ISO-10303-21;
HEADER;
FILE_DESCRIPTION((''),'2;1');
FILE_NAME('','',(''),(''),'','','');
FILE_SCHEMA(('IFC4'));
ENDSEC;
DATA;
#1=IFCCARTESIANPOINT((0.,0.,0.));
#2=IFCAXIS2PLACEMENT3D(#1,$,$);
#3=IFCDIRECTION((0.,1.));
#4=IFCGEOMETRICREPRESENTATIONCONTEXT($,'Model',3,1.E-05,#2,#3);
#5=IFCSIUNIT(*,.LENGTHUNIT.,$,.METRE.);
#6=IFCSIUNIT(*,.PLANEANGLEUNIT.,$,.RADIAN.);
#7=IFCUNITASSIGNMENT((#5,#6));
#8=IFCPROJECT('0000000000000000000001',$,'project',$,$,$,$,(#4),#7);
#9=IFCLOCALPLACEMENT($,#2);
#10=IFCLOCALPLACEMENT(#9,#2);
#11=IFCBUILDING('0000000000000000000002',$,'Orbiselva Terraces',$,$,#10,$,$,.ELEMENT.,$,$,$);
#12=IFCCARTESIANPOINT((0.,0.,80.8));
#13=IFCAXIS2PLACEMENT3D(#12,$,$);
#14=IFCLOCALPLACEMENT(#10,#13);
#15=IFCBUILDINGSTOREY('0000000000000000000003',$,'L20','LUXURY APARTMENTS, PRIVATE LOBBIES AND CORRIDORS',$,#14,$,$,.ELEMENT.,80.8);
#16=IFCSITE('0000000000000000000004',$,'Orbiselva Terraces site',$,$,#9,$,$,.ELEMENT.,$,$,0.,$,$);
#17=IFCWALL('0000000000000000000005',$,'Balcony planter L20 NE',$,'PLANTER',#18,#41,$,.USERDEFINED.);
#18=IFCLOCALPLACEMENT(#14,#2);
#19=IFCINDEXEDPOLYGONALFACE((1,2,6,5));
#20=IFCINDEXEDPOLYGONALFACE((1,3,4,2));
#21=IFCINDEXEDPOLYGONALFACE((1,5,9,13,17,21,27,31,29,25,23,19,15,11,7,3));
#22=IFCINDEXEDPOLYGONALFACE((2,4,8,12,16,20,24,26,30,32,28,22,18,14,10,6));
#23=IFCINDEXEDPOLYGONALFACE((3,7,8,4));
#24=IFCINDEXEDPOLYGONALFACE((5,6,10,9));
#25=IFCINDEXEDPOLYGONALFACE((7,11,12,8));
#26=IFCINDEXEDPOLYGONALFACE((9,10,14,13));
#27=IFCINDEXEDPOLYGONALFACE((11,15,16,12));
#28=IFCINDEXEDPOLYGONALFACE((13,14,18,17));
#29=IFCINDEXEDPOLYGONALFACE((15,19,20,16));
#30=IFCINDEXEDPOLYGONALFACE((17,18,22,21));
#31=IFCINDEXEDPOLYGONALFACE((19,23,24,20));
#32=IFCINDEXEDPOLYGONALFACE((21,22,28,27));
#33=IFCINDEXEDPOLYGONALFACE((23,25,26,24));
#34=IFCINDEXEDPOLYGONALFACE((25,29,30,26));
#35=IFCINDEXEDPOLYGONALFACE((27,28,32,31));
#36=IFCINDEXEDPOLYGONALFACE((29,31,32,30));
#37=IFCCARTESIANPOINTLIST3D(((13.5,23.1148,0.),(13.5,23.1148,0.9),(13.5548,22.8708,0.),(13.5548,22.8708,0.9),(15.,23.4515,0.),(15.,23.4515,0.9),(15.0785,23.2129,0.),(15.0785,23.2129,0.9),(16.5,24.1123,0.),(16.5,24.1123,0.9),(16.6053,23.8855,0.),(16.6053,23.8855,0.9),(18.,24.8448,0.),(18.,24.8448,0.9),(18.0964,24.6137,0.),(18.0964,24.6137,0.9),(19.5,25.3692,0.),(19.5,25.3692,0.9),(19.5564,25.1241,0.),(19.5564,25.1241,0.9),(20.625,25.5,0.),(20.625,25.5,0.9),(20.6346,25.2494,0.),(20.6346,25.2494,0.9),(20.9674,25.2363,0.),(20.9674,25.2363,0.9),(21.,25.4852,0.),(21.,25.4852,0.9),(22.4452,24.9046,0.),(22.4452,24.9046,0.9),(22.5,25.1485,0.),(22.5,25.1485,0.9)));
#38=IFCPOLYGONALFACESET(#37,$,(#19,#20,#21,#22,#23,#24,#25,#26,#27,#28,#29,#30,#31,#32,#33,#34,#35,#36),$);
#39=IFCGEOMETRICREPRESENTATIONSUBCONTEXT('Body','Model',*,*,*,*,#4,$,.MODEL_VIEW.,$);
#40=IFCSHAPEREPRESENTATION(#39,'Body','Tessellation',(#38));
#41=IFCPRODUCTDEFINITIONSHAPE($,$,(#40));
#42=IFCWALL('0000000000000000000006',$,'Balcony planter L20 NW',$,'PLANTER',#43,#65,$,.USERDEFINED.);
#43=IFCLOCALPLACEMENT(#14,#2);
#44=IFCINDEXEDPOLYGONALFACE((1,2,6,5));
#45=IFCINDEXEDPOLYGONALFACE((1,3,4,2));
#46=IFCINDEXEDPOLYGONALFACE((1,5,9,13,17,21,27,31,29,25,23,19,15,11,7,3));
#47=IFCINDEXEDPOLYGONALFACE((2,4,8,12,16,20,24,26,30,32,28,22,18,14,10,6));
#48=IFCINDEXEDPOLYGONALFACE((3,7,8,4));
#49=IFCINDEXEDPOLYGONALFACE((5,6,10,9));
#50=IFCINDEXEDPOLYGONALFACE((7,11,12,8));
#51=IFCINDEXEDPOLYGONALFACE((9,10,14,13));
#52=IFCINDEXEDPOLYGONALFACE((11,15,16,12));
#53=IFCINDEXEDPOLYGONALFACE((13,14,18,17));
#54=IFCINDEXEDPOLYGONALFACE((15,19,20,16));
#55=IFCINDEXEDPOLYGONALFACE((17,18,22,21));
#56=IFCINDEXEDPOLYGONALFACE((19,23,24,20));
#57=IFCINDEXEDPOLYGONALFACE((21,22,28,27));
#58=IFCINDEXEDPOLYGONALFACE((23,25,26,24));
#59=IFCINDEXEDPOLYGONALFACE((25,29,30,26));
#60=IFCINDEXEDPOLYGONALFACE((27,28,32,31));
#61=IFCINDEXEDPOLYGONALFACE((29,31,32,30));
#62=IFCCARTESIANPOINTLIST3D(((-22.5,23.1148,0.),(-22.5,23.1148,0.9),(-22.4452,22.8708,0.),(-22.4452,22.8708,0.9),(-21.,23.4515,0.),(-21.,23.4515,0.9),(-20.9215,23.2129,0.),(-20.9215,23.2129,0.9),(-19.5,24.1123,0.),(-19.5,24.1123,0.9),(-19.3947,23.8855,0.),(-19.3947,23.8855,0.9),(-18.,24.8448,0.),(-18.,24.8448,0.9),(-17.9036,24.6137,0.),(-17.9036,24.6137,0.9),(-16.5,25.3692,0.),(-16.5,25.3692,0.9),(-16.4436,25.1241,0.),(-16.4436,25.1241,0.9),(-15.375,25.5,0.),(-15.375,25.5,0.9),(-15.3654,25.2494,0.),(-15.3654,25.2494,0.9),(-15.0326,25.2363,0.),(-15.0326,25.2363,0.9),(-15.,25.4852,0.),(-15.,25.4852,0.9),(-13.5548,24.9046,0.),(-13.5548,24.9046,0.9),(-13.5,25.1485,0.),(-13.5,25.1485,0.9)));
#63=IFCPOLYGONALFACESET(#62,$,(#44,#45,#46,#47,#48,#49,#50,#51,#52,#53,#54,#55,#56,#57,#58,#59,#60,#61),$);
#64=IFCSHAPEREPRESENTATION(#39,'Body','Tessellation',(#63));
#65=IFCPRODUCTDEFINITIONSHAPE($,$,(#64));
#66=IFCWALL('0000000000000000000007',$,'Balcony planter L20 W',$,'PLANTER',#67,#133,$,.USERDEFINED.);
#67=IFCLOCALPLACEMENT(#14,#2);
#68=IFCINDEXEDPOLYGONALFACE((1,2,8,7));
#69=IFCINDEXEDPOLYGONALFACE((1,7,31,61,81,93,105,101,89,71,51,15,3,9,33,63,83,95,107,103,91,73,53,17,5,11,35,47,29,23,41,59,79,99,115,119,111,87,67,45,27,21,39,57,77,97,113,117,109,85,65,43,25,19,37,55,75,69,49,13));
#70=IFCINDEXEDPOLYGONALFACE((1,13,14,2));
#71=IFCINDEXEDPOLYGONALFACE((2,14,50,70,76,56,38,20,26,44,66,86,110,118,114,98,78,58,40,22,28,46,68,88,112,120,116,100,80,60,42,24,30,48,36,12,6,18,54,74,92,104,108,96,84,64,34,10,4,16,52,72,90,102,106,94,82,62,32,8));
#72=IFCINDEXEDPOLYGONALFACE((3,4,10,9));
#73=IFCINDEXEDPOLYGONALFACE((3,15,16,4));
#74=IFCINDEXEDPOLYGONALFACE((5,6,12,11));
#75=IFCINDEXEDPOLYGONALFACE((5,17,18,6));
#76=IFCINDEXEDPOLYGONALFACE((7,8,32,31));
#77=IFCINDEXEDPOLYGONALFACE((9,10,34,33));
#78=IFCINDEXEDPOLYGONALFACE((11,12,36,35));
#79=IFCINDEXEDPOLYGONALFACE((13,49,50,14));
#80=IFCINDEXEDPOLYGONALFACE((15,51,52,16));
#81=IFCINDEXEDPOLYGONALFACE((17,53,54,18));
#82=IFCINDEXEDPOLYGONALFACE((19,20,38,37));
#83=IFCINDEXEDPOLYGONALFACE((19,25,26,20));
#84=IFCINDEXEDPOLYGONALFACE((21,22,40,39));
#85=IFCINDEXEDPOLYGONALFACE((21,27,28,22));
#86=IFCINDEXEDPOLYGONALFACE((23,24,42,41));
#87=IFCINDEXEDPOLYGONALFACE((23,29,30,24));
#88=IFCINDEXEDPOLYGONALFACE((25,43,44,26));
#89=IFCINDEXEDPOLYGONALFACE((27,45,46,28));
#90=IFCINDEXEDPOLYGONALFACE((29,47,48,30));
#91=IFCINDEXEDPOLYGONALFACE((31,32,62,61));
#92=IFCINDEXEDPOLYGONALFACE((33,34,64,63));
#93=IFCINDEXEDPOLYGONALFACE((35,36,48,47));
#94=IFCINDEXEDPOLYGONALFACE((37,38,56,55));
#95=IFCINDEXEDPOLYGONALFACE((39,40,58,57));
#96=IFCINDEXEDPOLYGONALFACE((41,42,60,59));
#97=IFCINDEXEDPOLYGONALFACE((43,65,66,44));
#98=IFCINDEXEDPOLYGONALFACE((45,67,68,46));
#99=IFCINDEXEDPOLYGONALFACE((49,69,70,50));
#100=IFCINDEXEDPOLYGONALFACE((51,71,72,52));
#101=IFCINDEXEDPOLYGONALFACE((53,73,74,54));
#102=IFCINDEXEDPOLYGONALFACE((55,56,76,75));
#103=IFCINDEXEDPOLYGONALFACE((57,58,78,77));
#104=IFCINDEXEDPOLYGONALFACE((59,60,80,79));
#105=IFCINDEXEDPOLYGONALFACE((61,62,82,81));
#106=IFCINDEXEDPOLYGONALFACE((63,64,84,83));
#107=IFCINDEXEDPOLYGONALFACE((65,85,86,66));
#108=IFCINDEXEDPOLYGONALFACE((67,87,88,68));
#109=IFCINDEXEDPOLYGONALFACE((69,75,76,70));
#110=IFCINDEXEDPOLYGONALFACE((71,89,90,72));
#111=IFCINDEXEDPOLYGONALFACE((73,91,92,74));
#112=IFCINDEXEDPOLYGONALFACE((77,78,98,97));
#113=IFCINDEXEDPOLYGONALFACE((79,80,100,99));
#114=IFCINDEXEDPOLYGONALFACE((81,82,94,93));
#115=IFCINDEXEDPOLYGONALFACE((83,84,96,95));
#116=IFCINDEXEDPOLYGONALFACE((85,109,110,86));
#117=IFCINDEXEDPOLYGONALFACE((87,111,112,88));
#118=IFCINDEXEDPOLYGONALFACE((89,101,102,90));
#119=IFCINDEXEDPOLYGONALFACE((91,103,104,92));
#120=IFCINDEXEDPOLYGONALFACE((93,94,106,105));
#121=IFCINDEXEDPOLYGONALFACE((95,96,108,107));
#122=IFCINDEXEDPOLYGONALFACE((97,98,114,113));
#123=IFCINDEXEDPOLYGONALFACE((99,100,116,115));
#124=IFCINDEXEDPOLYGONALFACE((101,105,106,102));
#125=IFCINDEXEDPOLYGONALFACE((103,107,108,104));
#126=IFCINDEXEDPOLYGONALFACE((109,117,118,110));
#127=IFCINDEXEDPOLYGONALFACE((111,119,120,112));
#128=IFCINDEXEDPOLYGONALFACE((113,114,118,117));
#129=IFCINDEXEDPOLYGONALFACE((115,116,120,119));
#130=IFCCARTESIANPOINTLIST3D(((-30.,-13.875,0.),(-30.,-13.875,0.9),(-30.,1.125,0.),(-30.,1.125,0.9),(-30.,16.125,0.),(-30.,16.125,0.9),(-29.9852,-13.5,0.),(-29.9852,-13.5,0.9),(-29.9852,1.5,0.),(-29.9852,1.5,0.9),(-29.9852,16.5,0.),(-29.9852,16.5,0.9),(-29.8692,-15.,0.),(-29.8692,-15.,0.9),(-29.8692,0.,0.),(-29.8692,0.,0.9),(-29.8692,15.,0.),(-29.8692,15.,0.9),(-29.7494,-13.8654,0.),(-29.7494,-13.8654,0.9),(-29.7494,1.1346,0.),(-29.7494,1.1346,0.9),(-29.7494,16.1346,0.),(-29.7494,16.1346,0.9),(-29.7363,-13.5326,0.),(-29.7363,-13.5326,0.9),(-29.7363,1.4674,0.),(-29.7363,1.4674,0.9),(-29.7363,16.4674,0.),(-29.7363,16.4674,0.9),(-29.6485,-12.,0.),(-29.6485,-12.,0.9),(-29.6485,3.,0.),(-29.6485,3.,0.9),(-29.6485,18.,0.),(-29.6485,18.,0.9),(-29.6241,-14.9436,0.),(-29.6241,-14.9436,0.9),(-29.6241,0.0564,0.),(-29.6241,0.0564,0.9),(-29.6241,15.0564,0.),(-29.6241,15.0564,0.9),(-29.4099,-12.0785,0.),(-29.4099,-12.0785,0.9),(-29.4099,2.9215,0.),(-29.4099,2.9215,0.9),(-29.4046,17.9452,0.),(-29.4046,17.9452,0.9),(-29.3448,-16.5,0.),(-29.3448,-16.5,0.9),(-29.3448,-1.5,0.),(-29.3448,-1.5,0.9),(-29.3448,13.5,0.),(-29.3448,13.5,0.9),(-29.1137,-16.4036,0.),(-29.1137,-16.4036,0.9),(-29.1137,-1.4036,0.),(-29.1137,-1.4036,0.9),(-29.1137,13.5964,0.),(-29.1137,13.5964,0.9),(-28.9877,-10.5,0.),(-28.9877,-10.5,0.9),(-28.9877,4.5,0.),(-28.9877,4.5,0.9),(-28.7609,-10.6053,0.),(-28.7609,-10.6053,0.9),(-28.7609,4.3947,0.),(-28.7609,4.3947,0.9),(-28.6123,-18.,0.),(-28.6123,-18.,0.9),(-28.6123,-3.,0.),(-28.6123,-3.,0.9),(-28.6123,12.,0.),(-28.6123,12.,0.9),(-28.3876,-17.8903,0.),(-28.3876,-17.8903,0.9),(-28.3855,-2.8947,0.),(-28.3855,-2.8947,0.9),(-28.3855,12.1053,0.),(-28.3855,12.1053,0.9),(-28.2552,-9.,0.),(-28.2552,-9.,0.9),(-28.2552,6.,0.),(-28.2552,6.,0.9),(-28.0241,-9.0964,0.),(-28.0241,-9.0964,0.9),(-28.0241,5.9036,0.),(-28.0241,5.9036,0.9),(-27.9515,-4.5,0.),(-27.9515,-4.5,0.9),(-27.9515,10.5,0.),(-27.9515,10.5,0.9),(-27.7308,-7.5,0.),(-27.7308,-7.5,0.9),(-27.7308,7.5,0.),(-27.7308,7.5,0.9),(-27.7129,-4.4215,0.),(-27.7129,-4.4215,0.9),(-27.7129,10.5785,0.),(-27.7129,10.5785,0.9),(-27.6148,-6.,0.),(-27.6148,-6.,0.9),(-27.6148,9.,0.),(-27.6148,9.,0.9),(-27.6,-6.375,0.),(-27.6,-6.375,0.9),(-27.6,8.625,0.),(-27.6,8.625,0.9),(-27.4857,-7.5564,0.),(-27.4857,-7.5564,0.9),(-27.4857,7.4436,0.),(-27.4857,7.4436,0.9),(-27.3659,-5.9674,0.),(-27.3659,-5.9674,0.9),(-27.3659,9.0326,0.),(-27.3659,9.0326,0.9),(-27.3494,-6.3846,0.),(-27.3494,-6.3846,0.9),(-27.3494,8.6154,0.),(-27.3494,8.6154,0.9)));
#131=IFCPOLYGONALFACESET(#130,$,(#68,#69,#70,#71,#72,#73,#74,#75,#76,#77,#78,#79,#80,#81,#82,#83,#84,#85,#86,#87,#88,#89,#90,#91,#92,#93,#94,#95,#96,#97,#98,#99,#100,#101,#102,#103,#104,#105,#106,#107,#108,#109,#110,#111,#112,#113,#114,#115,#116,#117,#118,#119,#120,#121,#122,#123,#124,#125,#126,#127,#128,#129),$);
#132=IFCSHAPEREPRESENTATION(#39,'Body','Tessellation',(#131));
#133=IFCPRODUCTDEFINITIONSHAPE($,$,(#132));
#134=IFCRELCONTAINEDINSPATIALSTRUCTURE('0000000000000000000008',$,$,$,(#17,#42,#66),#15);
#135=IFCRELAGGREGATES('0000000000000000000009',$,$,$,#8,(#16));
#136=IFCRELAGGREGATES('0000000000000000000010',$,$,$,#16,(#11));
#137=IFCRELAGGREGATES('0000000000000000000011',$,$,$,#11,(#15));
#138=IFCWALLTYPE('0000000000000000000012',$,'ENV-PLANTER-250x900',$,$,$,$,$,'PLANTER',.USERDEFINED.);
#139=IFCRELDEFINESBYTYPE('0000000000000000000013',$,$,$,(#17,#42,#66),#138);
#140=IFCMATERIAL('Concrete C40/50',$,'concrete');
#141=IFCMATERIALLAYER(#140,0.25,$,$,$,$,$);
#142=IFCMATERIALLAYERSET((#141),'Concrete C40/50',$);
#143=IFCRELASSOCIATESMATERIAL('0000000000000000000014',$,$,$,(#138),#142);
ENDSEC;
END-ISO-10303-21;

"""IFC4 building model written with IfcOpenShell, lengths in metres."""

from ifc_helpers import new_model, si_unit, direction, frame, origin, place, context, subcontext, project, spatial, polyline, outline, extrude, material, layer, layer_set, type_object, element, save


model = new_model("IFC4")

# Units and contexts
model_context = context("Model", 3, precision=1e-05, world=origin(), true_north=direction((0.0, 1.0)))
body_context = subcontext(model_context, "Body", "Model", "MODEL_VIEW")
ifc_project = project(units=[si_unit("LENGTHUNIT", "METRE"), si_unit("PLANEANGLEUNIT", "RADIAN")], contexts=[model_context])

# Site, building, storey
site_placement = place(None, origin())
site = spatial("IfcSite", under=ifc_project, at=site_placement, Name="Orbiselva Terraces site", CompositionType="ELEMENT", RefElevation=0.0)
building_placement = place(site_placement, origin())
building = spatial("IfcBuilding", under=site, at=building_placement, Name="Orbiselva Terraces", CompositionType="ELEMENT")
storey_placement = place(building_placement, frame((0.0, 0.0, 80.8)))
storey = spatial("IfcBuildingStorey", under=building, at=storey_placement, Name="L20", Description="LUXURY APARTMENTS, PRIVATE LOBBIES AND CORRIDORS", CompositionType="ELEMENT", Elevation=80.8)

# Shared definitions
ifc_material_1 = material(Name="Concrete C40/50", Category="concrete")

# Walls
ifc_layer_1 = layer(ifc_material_1, 0.25)
ifc_layer_set_1 = layer_set([ifc_layer_1], Name="Concrete C40/50")
wall_type = type_object("IfcWallType", Name="ENV-PLANTER-250x900", ElementType="PLANTER", PredefinedType="USERDEFINED", material=ifc_layer_set_1)
wall_1_placement = place(storey_placement, origin())
element("IfcWall", 1, at=wall_1_placement, inside=storey, type_object=wall_type, Name="Balcony planter L20 NE", ObjectType="PLANTER", PredefinedType="USERDEFINED", context=body_context, shape_type="SweptSolid", body=[
    extrude(outline(polyline([(22.5, 25.1485), (21.0, 25.4852), (20.625, 25.5), (19.5, 25.3692), (18.0, 24.8448), (16.5, 24.1123), (15.0, 23.4515), (13.5, 23.1148), (13.5548, 22.8708), (15.0785, 23.2129), (16.6053, 23.8855), (18.0964, 24.6137), (19.5564, 25.1241), (20.6346, 25.2494), (20.9674, 25.2363), (22.4452, 24.9046), (22.5, 25.1485)])), origin(), (0.0, 0.0, 1.0), 0.9),
])
wall_2_placement = place(storey_placement, origin())
element("IfcWall", 2, at=wall_2_placement, inside=storey, type_object=wall_type, Name="Balcony planter L20 NW", ObjectType="PLANTER", PredefinedType="USERDEFINED", context=body_context, shape_type="SweptSolid", body=[
    extrude(outline(polyline([(-13.5, 25.1485), (-15.0, 25.4852), (-15.375, 25.5), (-16.5, 25.3692), (-18.0, 24.8448), (-19.5, 24.1123), (-21.0, 23.4515), (-22.5, 23.1148), (-22.4452, 22.8708), (-20.9215, 23.2129), (-19.3947, 23.8855), (-17.9036, 24.6137), (-16.4436, 25.1241), (-15.3654, 25.2494), (-15.0326, 25.2363), (-13.5548, 24.9046), (-13.5, 25.1485)])), origin(), (0.0, 0.0, 1.0), 0.9),
])
wall_3_placement = place(storey_placement, origin())
element("IfcWall", 3, at=wall_3_placement, inside=storey, type_object=wall_type, Name="Balcony planter L20 W", ObjectType="PLANTER", PredefinedType="USERDEFINED", context=body_context, shape_type="SweptSolid", body=[
    extrude(outline(polyline([(-29.6485, 18.0), (-29.9852, 16.5), (-30.0, 16.125), (-29.8692, 15.0), (-29.3448, 13.5), (-28.6123, 12.0), (-27.9515, 10.5), (-27.6148, 9.0), (-27.6, 8.625), (-27.7308, 7.5), (-28.2552, 6.0), (-28.9877, 4.5), (-29.6485, 3.0), (-29.9852, 1.5), (-30.0, 1.125), (-29.8692, 0.0), (-29.3448, -1.5), (-28.6123, -3.0), (-27.9515, -4.5), (-27.6148, -6.0), (-27.6, -6.375), (-27.7308, -7.5), (-28.2552, -9.0), (-28.9877, -10.5), (-29.6485, -12.0), (-29.9852, -13.5), (-30.0, -13.875), (-29.8692, -15.0), (-29.3448, -16.5), (-28.6123, -18.0), (-28.3876, -17.8903), (-29.1137, -16.4036), (-29.6241, -14.9436), (-29.7494, -13.8654), (-29.7363, -13.5326), (-29.4099, -12.0785), (-28.7609, -10.6053), (-28.0241, -9.0964), (-27.4857, -7.5564), (-27.3494, -6.3846), (-27.3659, -5.9674), (-27.7129, -4.4215), (-28.3855, -2.8947), (-29.1137, -1.4036), (-29.6241, 0.0564), (-29.7494, 1.1346), (-29.7363, 1.4674), (-29.4099, 2.9215), (-28.7609, 4.3947), (-28.0241, 5.9036), (-27.4857, 7.4436), (-27.3494, 8.6154), (-27.3659, 9.0326), (-27.7129, 10.5785), (-28.3855, 12.1053), (-29.1137, 13.5964), (-29.6241, 15.0564), (-29.7494, 16.1346), (-29.7363, 16.4674), (-29.4046, 17.9452), (-29.6485, 18.0)])), origin(), (0.0, 0.0, 1.0), 0.9),
])

save(model, "model.ifc")
